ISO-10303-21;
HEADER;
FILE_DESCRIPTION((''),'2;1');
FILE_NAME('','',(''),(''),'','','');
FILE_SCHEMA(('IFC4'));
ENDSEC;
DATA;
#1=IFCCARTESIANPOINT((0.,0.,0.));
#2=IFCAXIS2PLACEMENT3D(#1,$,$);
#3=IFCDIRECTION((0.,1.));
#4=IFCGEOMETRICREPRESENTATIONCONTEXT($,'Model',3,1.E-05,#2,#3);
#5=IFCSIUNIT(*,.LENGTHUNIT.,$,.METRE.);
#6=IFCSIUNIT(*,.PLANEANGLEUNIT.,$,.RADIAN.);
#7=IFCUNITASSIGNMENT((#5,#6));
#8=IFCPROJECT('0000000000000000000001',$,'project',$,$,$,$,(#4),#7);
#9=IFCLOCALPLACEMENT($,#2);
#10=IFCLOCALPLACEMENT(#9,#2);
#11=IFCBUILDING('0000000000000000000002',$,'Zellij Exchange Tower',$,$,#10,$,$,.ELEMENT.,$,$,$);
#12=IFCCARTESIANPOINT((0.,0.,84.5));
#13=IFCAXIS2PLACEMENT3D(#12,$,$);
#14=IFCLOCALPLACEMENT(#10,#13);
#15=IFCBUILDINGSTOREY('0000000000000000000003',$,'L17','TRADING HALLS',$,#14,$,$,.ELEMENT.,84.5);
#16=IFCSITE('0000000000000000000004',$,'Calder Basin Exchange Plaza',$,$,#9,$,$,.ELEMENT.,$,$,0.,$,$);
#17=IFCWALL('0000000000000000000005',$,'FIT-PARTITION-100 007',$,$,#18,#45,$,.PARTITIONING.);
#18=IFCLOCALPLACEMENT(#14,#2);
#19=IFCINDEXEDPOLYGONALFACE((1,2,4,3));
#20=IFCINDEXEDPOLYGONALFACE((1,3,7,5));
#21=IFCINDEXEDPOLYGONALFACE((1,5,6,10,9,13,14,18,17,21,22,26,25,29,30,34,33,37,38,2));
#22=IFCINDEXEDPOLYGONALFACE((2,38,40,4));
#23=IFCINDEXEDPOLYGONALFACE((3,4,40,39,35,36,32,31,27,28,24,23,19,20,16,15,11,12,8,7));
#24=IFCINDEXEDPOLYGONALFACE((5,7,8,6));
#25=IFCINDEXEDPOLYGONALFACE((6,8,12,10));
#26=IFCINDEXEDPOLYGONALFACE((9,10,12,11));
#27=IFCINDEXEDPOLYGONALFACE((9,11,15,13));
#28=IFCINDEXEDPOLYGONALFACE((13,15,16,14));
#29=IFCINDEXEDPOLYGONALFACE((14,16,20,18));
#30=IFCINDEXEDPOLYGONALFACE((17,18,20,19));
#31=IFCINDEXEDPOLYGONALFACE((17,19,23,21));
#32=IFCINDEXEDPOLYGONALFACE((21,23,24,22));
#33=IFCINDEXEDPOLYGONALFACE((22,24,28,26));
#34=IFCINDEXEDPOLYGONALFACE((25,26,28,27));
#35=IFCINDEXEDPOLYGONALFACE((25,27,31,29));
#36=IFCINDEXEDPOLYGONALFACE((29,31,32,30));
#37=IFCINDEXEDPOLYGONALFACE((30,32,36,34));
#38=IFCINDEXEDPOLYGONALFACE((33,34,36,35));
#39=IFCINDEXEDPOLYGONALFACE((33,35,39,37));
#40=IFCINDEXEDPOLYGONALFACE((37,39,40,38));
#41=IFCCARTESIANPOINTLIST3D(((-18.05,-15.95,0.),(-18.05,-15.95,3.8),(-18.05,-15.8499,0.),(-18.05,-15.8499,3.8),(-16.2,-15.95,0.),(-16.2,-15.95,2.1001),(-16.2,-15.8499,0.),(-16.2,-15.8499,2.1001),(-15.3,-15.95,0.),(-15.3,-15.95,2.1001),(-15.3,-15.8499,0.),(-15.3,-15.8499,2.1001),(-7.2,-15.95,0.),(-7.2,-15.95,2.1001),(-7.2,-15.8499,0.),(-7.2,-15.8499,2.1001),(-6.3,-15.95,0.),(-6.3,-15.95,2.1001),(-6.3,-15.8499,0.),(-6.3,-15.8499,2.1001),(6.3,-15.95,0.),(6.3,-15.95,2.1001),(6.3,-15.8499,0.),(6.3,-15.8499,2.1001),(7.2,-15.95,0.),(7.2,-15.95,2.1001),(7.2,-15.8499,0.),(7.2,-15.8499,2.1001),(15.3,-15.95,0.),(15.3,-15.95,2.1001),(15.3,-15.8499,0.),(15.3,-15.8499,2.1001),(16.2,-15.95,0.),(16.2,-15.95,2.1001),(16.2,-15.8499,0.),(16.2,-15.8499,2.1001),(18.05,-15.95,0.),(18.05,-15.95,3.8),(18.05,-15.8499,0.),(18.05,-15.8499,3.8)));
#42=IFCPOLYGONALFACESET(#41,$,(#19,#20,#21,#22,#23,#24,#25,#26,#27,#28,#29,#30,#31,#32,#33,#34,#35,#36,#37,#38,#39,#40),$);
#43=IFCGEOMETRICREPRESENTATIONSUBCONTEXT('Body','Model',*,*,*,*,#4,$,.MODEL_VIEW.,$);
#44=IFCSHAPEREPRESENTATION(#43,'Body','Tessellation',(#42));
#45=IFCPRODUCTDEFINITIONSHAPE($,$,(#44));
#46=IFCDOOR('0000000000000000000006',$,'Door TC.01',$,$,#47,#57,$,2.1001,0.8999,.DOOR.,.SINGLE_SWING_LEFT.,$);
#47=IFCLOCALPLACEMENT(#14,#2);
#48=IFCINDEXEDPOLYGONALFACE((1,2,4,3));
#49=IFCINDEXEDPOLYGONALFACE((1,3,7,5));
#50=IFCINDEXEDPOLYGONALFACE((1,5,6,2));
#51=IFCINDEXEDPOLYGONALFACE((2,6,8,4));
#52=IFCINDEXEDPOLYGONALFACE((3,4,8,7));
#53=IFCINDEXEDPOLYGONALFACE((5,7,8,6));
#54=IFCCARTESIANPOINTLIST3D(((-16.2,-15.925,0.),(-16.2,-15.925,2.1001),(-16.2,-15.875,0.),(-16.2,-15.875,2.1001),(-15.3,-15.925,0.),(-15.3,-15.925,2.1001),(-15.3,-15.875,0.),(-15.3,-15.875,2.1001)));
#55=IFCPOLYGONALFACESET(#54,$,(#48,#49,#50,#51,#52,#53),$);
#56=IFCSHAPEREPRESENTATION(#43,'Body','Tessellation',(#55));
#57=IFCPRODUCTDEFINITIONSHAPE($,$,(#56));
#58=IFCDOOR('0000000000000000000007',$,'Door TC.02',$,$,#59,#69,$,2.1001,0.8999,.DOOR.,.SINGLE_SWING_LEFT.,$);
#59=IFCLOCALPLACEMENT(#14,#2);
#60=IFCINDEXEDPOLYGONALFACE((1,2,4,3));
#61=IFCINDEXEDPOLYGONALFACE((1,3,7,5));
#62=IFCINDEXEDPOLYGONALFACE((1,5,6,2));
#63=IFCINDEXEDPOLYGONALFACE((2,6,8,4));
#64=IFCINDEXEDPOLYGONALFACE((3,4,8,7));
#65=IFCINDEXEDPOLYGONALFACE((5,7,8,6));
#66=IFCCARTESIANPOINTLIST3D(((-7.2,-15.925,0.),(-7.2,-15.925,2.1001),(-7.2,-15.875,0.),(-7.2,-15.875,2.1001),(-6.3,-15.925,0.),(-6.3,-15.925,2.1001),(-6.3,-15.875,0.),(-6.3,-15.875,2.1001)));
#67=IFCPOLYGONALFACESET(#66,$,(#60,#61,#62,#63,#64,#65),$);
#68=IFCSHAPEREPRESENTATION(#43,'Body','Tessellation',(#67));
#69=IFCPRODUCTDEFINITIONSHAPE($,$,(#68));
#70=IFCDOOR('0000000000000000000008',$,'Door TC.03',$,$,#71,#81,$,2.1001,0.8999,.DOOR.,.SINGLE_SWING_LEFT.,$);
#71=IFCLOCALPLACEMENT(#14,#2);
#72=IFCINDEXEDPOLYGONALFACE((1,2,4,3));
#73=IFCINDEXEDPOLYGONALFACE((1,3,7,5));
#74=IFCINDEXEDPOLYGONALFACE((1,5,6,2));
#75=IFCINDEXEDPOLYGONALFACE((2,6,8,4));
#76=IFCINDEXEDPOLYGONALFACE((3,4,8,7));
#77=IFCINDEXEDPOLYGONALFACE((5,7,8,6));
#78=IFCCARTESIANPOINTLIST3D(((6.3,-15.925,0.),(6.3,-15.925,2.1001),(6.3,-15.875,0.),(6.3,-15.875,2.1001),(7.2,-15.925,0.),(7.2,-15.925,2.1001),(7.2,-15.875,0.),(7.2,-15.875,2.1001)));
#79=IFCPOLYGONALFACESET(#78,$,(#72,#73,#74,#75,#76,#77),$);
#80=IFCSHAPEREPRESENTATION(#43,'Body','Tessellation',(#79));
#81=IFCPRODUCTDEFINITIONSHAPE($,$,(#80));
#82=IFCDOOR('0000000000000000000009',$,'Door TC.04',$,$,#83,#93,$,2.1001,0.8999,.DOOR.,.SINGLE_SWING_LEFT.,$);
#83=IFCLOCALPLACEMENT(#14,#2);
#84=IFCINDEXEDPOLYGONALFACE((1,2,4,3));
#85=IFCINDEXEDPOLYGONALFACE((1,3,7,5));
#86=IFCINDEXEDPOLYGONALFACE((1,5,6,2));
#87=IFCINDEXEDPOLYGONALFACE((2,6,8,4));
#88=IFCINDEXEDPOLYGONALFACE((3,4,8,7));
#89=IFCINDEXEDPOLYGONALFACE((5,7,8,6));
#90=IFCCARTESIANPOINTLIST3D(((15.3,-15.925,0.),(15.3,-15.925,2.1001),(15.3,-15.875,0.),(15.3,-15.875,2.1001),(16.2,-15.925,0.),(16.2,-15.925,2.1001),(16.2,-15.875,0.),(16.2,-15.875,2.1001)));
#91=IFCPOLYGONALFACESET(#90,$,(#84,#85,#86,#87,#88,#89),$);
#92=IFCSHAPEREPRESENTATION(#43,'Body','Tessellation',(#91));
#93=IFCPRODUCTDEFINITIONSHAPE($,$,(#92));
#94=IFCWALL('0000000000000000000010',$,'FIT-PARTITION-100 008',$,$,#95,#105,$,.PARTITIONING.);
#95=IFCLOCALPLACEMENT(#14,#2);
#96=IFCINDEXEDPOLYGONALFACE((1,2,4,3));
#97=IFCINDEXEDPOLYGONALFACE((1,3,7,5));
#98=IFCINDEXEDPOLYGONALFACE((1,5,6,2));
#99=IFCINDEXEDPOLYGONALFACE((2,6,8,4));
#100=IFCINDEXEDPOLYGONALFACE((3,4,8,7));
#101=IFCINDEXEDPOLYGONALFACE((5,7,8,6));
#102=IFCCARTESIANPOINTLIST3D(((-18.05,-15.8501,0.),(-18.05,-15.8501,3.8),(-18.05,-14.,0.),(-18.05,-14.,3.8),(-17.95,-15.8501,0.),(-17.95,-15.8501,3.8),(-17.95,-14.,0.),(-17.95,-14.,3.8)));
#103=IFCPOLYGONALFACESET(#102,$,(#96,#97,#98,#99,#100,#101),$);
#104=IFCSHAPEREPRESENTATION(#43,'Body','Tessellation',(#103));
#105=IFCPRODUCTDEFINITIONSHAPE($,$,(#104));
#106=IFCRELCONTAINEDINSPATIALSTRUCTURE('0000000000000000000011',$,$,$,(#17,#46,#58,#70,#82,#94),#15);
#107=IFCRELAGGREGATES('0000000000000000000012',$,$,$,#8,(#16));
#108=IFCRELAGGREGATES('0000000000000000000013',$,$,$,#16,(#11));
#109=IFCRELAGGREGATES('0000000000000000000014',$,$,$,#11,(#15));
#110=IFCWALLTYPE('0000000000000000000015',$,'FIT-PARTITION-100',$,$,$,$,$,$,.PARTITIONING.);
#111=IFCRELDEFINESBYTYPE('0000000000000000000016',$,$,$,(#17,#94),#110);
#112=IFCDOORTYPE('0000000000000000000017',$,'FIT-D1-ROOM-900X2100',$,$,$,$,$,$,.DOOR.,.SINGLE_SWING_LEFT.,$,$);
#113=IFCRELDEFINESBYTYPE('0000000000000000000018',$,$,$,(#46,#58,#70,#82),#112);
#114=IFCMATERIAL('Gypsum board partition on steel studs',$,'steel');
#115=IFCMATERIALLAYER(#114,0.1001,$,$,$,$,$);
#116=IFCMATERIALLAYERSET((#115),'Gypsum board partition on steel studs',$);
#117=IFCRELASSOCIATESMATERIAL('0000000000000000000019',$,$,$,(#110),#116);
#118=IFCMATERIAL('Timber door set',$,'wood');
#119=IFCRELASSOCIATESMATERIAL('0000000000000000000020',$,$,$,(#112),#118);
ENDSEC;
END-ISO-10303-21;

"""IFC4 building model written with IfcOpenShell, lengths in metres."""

from ifc_helpers import new_model, si_unit, direction, frame, frame_2d, origin, place, context, subcontext, project, spatial, rectangle, extrude, material, layer, layer_set, type_object, element, fill, save


model = new_model("IFC4")

# Units and contexts
model_context = context("Model", 3, precision=1e-05, world=origin(), true_north=direction((0.0, 1.0)))
body_context = subcontext(model_context, "Body", "Model", "MODEL_VIEW")
ifc_project = project(units=[si_unit("LENGTHUNIT", "METRE"), si_unit("PLANEANGLEUNIT", "RADIAN")], contexts=[model_context])

# Site, building, storey
site_placement = place(None, origin())
site = spatial("IfcSite", under=ifc_project, at=site_placement, Name="Calder Basin Exchange Plaza", CompositionType="ELEMENT", RefElevation=0.0)
building_placement = place(site_placement, origin())
building = spatial("IfcBuilding", under=site, at=building_placement, Name="Zellij Exchange Tower", CompositionType="ELEMENT")
storey_placement = place(building_placement, frame((0.0, 0.0, 84.5)))
storey = spatial("IfcBuildingStorey", under=building, at=storey_placement, Name="L17", Description="TRADING HALLS", CompositionType="ELEMENT", Elevation=84.5)

# Wall, openings, doors
ifc_material_1 = material(Name="Gypsum board partition on steel studs", Category="steel")
ifc_layer_1 = layer(ifc_material_1, 0.1001)
ifc_layer_set_1 = layer_set([ifc_layer_1], Name="Gypsum board partition on steel studs")
wall_type_1 = type_object("IfcWallType", Name="FIT-PARTITION-100", PredefinedType="PARTITIONING", material=ifc_layer_set_1)
wall_1_placement = place(storey_placement, frame((-18.05, -15.8999, 0.0), z_axis=(0.0, 0.0, 1.0), x_axis=(1.0, 0.0, 0.0)))
wall_1 = element("IfcWall", 1, at=wall_1_placement, inside=storey, type_object=wall_type_1, Name="FIT-PARTITION-100 007", PredefinedType="PARTITIONING", context=body_context, shape_type="SweptSolid", body=[
    extrude(rectangle(XDim=36.1001, YDim=0.1001, at=frame_2d((18.05, 0.0))), origin(), (0.0, 0.0, 1.0), 3.8),
])
opening_1_placement = place(wall_1_placement, frame((1.8501, 0.0, 0.0)))
opening_1 = element("IfcOpeningElement", 2, at=opening_1_placement, cuts=wall_1, PredefinedType="OPENING", context=body_context, shape_type="SweptSolid", body=[
    extrude(rectangle(XDim=0.8999, YDim=2.1001, at=frame_2d((0.45, 1.05))), frame((0.0, 0.062, 0.0), z_axis=(0.0, -1.0, 0.0), x_axis=(1.0, 0.0, 0.0)), (0.0, 0.0, 1.0), 0.124),
])
opening_2_placement = place(wall_1_placement, frame((10.8501, 0.0, 0.0)))
opening_2 = element("IfcOpeningElement", 3, at=opening_2_placement, cuts=wall_1, PredefinedType="OPENING", context=body_context, shape_type="SweptSolid", body=[
    extrude(rectangle(XDim=0.8999, YDim=2.1001, at=frame_2d((0.45, 1.05))), frame((0.0, 0.062, 0.0), z_axis=(0.0, -1.0, 0.0), x_axis=(1.0, 0.0, 0.0)), (0.0, 0.0, 1.0), 0.124),
])
opening_3_placement = place(wall_1_placement, frame((24.3501, 0.0, 0.0)))
opening_3 = element("IfcOpeningElement", 4, at=opening_3_placement, cuts=wall_1, PredefinedType="OPENING", context=body_context, shape_type="SweptSolid", body=[
    extrude(rectangle(XDim=0.8999, YDim=2.1001, at=frame_2d((0.45, 1.05))), frame((0.0, 0.062, 0.0), z_axis=(0.0, -1.0, 0.0), x_axis=(1.0, 0.0, 0.0)), (0.0, 0.0, 1.0), 0.124),
])
opening_4_placement = place(wall_1_placement, frame((33.3501, 0.0, 0.0)))
opening_4 = element("IfcOpeningElement", 5, at=opening_4_placement, cuts=wall_1, PredefinedType="OPENING", context=body_context, shape_type="SweptSolid", body=[
    extrude(rectangle(XDim=0.8999, YDim=2.1001, at=frame_2d((0.45, 1.05))), frame((0.0, 0.062, 0.0), z_axis=(0.0, -1.0, 0.0), x_axis=(1.0, 0.0, 0.0)), (0.0, 0.0, 1.0), 0.124),
])
ifc_material_2 = material(Name="Timber door set", Category="wood")
door_type_1 = type_object("IfcDoorType", Name="FIT-D1-ROOM-900X2100", OperationType="SINGLE_SWING_LEFT", PredefinedType="DOOR", material=ifc_material_2)
door_1_placement = place(opening_1_placement, origin())
door_1 = element("IfcDoor", 6, at=door_1_placement, inside=storey, type_object=door_type_1, Name="Door TC.01", OperationType="SINGLE_SWING_LEFT", OverallHeight=2.1001, OverallWidth=0.8999, PredefinedType="DOOR", context=body_context, shape_type="SweptSolid", body=[
    extrude(rectangle(XDim=0.8999, YDim=2.1001, at=frame_2d((0.45, 1.05))), frame((0.0, 0.0249, 0.0), z_axis=(0.0, -1.0, 0.0), x_axis=(1.0, 0.0, 0.0)), (0.0, 0.0, 1.0), 0.05),
])
fill(opening_1, door_1)
door_2_placement = place(opening_2_placement, origin())
door_2 = element("IfcDoor", 7, at=door_2_placement, inside=storey, type_object=door_type_1, Name="Door TC.02", OperationType="SINGLE_SWING_LEFT", OverallHeight=2.1001, OverallWidth=0.8999, PredefinedType="DOOR", context=body_context, shape_type="SweptSolid", body=[
    extrude(rectangle(XDim=0.8999, YDim=2.1001, at=frame_2d((0.45, 1.05))), frame((0.0, 0.0249, 0.0), z_axis=(0.0, -1.0, 0.0), x_axis=(1.0, 0.0, 0.0)), (0.0, 0.0, 1.0), 0.05),
])
fill(opening_2, door_2)
door_3_placement = place(opening_3_placement, origin())
door_3 = element("IfcDoor", 8, at=door_3_placement, inside=storey, type_object=door_type_1, Name="Door TC.03", OperationType="SINGLE_SWING_LEFT", OverallHeight=2.1001, OverallWidth=0.8999, PredefinedType="DOOR", context=body_context, shape_type="SweptSolid", body=[
    extrude(rectangle(XDim=0.8999, YDim=2.1001, at=frame_2d((0.45, 1.05))), frame((0.0, 0.0249, 0.0), z_axis=(0.0, -1.0, 0.0), x_axis=(1.0, 0.0, 0.0)), (0.0, 0.0, 1.0), 0.05),
])
fill(opening_3, door_3)
door_4_placement = place(opening_4_placement, origin())
door_4 = element("IfcDoor", 9, at=door_4_placement, inside=storey, type_object=door_type_1, Name="Door TC.04", OperationType="SINGLE_SWING_LEFT", OverallHeight=2.1001, OverallWidth=0.8999, PredefinedType="DOOR", context=body_context, shape_type="SweptSolid", body=[
    extrude(rectangle(XDim=0.8999, YDim=2.1001, at=frame_2d((0.45, 1.05))), frame((0.0, 0.0249, 0.0), z_axis=(0.0, -1.0, 0.0), x_axis=(1.0, 0.0, 0.0)), (0.0, 0.0, 1.0), 0.05),
])
fill(opening_4, door_4)

# Wall
wall_2_placement = place(storey_placement, frame((-18.0, -15.8501, 0.0), z_axis=(0.0, 0.0, 1.0), x_axis=(0.0, 1.0, 0.0)))
element("IfcWall", 10, at=wall_2_placement, inside=storey, type_object=wall_type_1, Name="FIT-PARTITION-100 008", PredefinedType="PARTITIONING", context=body_context, shape_type="SweptSolid", body=[
    extrude(rectangle(XDim=1.8501, YDim=0.1001, at=frame_2d((0.925, 0.0))), origin(), (0.0, 0.0, 1.0), 3.8),
])

save(model, "model.ifc")
